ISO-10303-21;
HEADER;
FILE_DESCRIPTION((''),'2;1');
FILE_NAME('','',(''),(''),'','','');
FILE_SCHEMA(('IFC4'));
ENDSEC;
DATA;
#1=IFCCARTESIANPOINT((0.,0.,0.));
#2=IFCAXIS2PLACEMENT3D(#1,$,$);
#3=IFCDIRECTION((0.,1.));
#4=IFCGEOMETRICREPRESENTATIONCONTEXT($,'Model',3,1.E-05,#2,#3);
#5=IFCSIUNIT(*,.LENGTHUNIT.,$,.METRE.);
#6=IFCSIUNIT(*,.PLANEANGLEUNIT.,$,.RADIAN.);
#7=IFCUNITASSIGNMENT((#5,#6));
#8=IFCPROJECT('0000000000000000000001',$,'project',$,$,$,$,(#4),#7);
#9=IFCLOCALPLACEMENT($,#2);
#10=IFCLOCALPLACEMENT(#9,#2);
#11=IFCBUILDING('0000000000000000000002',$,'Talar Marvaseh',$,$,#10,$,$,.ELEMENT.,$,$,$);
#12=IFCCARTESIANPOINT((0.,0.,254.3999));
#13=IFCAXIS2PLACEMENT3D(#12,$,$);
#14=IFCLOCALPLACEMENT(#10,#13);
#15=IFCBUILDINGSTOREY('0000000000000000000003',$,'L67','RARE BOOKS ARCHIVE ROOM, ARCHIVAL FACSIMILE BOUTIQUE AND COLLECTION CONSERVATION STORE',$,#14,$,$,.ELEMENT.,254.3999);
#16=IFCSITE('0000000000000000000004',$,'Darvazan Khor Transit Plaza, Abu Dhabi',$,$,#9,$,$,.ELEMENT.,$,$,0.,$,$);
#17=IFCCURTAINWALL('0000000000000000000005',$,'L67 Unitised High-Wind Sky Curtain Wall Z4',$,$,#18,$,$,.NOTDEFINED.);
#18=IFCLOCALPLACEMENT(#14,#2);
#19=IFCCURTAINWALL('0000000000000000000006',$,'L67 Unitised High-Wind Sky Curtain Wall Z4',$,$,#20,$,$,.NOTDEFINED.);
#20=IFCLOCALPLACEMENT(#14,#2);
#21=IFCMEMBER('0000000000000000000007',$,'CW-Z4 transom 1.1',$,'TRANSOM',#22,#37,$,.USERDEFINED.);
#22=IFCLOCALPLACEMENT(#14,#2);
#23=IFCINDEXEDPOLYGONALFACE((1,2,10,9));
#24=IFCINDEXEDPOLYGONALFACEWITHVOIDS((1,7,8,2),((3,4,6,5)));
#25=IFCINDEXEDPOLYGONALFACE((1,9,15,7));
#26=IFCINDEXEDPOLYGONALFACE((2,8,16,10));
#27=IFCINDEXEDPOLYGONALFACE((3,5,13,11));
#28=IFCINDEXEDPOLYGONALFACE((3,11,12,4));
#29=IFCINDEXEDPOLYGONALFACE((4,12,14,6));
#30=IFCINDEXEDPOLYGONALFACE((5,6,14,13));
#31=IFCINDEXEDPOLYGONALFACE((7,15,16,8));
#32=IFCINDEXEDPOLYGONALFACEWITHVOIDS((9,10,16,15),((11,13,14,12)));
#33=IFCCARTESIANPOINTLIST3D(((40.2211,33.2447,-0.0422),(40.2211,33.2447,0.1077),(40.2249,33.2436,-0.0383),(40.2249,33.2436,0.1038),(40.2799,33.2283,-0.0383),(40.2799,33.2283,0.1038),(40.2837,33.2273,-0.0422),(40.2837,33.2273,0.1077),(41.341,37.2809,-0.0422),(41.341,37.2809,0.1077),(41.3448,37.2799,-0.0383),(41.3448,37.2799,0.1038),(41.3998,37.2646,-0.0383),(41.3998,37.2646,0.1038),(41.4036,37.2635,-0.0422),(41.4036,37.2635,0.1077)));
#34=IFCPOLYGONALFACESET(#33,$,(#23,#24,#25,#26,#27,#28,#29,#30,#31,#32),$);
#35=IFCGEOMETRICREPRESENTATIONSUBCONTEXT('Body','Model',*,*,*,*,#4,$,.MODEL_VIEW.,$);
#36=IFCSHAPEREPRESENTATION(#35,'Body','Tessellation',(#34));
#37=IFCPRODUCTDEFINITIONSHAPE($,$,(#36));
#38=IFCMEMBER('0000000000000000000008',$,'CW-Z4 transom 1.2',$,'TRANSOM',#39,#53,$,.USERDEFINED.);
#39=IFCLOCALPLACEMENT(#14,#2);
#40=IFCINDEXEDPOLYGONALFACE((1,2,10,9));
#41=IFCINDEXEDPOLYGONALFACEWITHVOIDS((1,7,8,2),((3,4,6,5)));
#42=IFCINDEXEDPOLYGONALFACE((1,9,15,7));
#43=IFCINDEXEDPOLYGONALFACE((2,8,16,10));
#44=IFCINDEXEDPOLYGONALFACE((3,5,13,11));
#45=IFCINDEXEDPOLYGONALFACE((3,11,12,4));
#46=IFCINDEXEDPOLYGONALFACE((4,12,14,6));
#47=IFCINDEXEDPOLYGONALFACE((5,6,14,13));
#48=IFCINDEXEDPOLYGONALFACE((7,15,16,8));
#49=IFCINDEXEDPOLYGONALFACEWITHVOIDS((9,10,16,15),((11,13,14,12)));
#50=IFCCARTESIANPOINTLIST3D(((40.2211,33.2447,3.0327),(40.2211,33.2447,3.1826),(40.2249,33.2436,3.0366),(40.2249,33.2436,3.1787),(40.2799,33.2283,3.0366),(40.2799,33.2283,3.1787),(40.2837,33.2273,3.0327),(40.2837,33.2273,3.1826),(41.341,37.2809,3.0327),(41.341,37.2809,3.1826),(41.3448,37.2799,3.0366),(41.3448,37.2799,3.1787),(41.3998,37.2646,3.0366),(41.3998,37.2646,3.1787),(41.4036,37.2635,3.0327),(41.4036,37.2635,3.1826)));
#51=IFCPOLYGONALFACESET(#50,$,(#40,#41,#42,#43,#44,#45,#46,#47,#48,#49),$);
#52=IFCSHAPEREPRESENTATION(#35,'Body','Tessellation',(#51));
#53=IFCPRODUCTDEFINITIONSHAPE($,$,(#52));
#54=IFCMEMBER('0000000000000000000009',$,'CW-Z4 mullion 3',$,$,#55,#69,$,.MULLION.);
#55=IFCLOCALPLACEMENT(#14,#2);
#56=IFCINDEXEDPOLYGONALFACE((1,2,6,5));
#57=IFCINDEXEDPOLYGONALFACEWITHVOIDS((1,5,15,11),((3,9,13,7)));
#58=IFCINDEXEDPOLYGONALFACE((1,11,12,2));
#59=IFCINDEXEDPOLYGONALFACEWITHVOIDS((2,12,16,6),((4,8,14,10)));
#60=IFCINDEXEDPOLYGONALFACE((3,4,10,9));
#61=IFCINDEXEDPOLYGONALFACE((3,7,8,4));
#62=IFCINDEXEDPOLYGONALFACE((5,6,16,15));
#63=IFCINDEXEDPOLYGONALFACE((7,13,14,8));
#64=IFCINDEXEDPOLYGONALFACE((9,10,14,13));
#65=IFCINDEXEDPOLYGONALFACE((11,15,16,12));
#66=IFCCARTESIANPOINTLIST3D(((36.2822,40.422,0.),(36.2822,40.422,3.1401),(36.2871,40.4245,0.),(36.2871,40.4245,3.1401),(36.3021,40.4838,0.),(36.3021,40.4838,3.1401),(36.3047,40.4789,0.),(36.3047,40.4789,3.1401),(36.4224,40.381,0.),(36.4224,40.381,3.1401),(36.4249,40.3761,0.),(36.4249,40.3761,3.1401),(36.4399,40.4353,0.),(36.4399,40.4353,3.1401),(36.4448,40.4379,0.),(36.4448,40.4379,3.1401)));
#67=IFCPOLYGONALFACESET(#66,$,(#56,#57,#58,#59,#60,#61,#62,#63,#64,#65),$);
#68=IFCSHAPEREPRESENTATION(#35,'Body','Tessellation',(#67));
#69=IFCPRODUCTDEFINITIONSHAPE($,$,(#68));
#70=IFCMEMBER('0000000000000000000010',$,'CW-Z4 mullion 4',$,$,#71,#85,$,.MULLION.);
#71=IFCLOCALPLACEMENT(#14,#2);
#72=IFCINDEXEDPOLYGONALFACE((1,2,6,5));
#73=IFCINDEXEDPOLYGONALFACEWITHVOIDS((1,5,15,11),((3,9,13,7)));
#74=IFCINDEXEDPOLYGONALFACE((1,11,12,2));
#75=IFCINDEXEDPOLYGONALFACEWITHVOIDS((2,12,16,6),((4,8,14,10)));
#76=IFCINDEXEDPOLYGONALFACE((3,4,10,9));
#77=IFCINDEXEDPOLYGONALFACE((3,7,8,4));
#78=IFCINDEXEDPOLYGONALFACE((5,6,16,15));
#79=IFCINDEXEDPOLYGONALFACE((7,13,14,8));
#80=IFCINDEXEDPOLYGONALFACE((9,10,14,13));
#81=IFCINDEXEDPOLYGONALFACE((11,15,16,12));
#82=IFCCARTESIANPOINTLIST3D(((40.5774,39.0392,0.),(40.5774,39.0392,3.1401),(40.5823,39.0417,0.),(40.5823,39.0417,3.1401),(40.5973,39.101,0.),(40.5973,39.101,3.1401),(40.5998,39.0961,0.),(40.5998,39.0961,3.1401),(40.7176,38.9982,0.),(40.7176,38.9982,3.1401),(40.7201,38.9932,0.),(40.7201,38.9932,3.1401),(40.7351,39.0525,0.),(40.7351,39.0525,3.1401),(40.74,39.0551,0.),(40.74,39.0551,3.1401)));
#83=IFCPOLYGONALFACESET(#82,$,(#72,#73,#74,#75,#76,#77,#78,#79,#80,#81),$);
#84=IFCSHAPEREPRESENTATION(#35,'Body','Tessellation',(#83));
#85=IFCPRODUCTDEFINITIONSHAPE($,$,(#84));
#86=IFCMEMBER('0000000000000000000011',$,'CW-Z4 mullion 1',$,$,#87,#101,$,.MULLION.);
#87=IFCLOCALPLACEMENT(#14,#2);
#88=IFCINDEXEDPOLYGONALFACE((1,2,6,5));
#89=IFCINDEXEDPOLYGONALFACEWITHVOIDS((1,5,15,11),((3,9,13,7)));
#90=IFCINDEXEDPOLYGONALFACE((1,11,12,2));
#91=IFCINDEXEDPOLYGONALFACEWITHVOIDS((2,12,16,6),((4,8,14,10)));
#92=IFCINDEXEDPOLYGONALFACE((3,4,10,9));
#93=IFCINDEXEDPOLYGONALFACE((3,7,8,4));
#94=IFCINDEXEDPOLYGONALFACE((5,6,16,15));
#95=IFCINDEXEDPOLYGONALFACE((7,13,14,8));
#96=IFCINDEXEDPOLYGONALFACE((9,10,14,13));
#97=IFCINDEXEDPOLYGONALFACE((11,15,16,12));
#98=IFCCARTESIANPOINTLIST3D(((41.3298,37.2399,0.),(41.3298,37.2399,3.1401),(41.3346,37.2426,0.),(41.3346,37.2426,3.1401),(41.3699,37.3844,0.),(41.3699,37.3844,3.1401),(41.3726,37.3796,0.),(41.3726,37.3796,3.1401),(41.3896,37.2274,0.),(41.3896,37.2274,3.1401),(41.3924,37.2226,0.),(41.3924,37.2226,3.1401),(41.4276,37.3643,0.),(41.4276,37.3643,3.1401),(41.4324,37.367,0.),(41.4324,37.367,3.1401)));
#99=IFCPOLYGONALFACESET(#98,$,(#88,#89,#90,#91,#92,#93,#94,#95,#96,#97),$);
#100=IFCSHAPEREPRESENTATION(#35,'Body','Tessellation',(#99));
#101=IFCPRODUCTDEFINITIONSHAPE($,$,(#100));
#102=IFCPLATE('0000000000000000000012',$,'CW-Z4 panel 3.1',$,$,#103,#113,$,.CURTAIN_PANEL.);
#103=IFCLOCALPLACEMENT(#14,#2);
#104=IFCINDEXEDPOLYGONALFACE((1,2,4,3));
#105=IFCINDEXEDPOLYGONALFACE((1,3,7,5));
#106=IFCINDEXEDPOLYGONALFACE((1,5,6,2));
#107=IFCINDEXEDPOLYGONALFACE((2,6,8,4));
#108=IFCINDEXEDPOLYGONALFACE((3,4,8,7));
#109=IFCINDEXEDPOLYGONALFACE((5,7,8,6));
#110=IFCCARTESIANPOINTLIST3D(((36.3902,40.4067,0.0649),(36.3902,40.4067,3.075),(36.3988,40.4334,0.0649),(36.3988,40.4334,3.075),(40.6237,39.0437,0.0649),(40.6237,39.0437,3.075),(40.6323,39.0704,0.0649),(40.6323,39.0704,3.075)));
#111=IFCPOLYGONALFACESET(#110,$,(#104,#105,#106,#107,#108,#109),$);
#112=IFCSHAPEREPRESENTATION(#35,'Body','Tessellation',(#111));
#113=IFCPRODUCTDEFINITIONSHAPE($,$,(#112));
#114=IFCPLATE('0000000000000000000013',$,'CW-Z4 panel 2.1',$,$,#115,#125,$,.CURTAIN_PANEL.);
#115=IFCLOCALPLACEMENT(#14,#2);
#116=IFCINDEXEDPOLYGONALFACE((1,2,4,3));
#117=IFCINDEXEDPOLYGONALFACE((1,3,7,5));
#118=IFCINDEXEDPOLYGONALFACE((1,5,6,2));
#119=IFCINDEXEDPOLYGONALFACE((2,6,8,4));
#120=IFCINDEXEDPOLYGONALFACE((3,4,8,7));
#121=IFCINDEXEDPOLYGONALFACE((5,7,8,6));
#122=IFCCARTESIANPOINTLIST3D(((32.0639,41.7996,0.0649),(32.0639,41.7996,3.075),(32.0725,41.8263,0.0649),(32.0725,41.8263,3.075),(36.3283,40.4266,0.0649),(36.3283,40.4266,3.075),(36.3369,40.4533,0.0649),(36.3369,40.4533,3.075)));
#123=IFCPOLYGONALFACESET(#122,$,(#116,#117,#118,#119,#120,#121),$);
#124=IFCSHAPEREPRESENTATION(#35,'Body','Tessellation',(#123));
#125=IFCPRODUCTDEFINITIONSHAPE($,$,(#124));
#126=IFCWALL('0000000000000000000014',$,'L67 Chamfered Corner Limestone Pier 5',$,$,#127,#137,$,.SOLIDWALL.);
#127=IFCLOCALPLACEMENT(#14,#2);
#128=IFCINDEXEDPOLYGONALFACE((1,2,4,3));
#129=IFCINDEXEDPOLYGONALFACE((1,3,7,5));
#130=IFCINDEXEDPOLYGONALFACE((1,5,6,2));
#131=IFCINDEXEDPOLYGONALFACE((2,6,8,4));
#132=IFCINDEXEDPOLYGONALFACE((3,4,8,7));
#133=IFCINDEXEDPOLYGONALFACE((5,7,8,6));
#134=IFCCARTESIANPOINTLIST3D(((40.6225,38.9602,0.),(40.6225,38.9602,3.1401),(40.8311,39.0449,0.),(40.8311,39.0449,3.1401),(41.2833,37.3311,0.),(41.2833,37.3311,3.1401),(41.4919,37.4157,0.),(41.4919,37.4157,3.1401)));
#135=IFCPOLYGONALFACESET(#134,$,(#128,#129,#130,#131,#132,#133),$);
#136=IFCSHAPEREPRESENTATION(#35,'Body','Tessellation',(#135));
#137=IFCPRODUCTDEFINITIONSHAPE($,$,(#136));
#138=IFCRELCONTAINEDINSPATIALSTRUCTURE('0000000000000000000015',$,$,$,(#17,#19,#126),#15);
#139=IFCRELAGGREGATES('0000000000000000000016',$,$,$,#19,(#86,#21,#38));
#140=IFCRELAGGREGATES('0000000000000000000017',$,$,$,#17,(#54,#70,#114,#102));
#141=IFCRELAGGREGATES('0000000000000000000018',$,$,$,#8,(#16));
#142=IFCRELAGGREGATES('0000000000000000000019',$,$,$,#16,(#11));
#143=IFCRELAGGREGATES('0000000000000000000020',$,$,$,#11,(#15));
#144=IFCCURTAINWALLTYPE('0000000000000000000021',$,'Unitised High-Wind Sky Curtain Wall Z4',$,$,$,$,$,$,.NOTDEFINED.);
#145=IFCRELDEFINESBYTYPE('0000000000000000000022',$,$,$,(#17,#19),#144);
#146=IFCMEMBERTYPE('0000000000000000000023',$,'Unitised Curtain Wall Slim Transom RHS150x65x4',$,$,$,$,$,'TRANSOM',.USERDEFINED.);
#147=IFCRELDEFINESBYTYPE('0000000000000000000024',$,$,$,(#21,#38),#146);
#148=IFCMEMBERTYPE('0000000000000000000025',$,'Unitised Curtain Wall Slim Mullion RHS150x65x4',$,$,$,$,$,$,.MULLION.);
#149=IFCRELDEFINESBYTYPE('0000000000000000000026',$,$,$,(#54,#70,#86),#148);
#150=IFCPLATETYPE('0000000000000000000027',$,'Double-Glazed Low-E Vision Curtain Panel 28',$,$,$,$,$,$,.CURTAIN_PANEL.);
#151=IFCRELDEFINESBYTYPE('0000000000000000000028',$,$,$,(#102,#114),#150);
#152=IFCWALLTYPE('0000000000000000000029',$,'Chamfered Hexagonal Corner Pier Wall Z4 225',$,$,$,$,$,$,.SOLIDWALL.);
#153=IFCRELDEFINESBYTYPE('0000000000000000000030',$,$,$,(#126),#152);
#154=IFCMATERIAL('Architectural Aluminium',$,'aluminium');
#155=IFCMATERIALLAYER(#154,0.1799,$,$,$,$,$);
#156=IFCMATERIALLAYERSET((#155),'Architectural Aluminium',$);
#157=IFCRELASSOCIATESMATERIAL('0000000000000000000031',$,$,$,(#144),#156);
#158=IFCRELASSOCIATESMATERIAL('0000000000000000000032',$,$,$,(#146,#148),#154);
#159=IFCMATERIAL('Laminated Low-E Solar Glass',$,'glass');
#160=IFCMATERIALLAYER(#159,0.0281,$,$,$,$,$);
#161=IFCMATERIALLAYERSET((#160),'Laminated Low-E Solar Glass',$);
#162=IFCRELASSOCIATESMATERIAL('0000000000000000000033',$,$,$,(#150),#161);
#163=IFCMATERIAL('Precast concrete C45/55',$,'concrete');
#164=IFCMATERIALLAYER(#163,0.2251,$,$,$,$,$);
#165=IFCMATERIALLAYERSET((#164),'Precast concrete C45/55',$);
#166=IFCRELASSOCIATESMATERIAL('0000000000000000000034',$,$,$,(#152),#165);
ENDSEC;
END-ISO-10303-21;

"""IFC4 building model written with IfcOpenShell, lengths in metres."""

from ifc_helpers import new_model, si_unit, direction, frame, frame_2d, origin, origin_2d, place, context, subcontext, project, spatial, rectangle, hollow_rectangle, extrude, source, transform, mapped, material, layer, layer_set, material_profile, profile_set, type_object, type_shapes, element, aggregate, save


model = new_model("IFC4")

# Units and contexts
model_context = context("Model", 3, precision=1e-05, world=origin(), true_north=direction((0.0, 1.0)))
body_context = subcontext(model_context, "Body", "Model", "MODEL_VIEW")
ifc_project = project(units=[si_unit("LENGTHUNIT", "METRE"), si_unit("PLANEANGLEUNIT", "RADIAN")], contexts=[model_context])

# Site, building, storey
site_placement = place(None, origin())
site = spatial("IfcSite", under=ifc_project, at=site_placement, Name="Darvazan Khor Transit Plaza, Abu Dhabi", CompositionType="ELEMENT", RefElevation=0.0)
building_placement = place(site_placement, origin())
building = spatial("IfcBuilding", under=site, at=building_placement, Name="Talar Marvaseh", CompositionType="ELEMENT")
storey_placement = place(building_placement, frame((0.0, 0.0, 254.3999)))
storey = spatial("IfcBuildingStorey", under=building, at=storey_placement, Name="L67", Description="RARE BOOKS ARCHIVE ROOM, ARCHIVAL FACSIMILE BOUTIQUE AND COLLECTION CONSERVATION STORE", CompositionType="ELEMENT", Elevation=254.3999)

# Curtain walls, members
ifc_material_1 = material(Name="Architectural Aluminium", Category="aluminium")
ifc_layer_1 = layer(ifc_material_1, 0.1799)
ifc_layer_set_1 = layer_set([ifc_layer_1], Name="Architectural Aluminium")
curtain_wall_type = type_object("IfcCurtainWallType", Name="Unitised High-Wind Sky Curtain Wall Z4", PredefinedType="NOTDEFINED", material=ifc_layer_set_1)
curtain_wall_1_placement = place(storey_placement, origin())
curtain_wall_1 = element("IfcCurtainWall", 1, at=curtain_wall_1_placement, inside=storey, type_object=curtain_wall_type, Name="L67 Unitised High-Wind Sky Curtain Wall Z4", PredefinedType="NOTDEFINED")
ifc_material_profile_1 = material_profile(ifc_material_1, hollow_rectangle(XDim=0.0649, YDim=0.1499, WallThickness=0.0039, at=origin_2d()), Name="RHS150x65x4")
ifc_profile_set_1 = profile_set([ifc_material_profile_1], Name="Architectural Aluminium")
member_type_1 = type_object("IfcMemberType", Name="Unitised Curtain Wall Slim Transom RHS150x65x4", ElementType="TRANSOM", PredefinedType="USERDEFINED", material=ifc_profile_set_1)
curtain_wall_2_placement = place(storey_placement, origin())
curtain_wall_2 = element("IfcCurtainWall", 2, at=curtain_wall_2_placement, inside=storey, type_object=curtain_wall_type, Name="L67 Unitised High-Wind Sky Curtain Wall Z4", PredefinedType="NOTDEFINED")
shared_shape_1 = source(origin(), body_context, "Body", "SweptSolid", [
    extrude(hollow_rectangle(XDim=0.0649, YDim=0.1499, WallThickness=0.0039, at=origin_2d()), origin(), (0.0, 0.0, 1.0), 4.1887),
])
member_1_placement = place(storey_placement, frame((41.3723, 37.2722, 0.0327), z_axis=(-0.267361, -0.963596, 0.0), x_axis=(0.963596, -0.267361, 0.0)))
member_1 = element("IfcMember", 3, at=member_1_placement, type_object=member_type_1, Name="CW-Z4 transom 1.1", ObjectType="TRANSOM", PredefinedType="USERDEFINED", context=body_context, shape_type="MappedRepresentation", body=[
    mapped(shared_shape_1, transform((0.0, 0.0, 0.0), x_axis=(1.0, 0.0, 0.0), y_axis=(0.0, 1.0, 0.0), z_axis=(0.0, 0.0, 1.0), scale=1.0)),
])
member_2_placement = place(storey_placement, frame((41.3723, 37.2722, 3.1077), z_axis=(-0.267361, -0.963596, 0.0), x_axis=(0.963596, -0.267361, 0.0)))
member_2 = element("IfcMember", 4, at=member_2_placement, type_object=member_type_1, Name="CW-Z4 transom 1.2", ObjectType="TRANSOM", PredefinedType="USERDEFINED", context=body_context, shape_type="MappedRepresentation", body=[
    mapped(shared_shape_1, transform((0.0, 0.0, 0.0), x_axis=(1.0, 0.0, 0.0), y_axis=(0.0, 1.0, 0.0), z_axis=(0.0, 0.0, 1.0), scale=1.0)),
])

# Members
ifc_material_profile_2 = material_profile(ifc_material_1, hollow_rectangle(XDim=0.0649, YDim=0.1499, WallThickness=0.0039, at=origin_2d()), Name="RHS150x65x4")
ifc_profile_set_2 = profile_set([ifc_material_profile_2], Name="Architectural Aluminium")
member_type_2 = type_object("IfcMemberType", Name="Unitised Curtain Wall Slim Mullion RHS150x65x4", PredefinedType="MULLION", material=ifc_profile_set_2)
shared_shape_2 = source(origin(), body_context, "Body", "SweptSolid", [
    extrude(hollow_rectangle(XDim=0.0649, YDim=0.1499, WallThickness=0.0039, at=origin_2d()), origin(), (0.0, 0.0, 1.0), 3.1401),
])
type_shapes(member_type_2, [shared_shape_2])
member_3_placement = place(storey_placement, frame((36.3635, 40.4299, 0.0), z_axis=(0.0, 0.0, 1.0), x_axis=(0.306468, 0.951881, 0.0)))
member_3 = element("IfcMember", 5, at=member_3_placement, type_object=member_type_2, Name="CW-Z4 mullion 3", PredefinedType="MULLION", context=body_context, shape_type="MappedRepresentation", body=[
    mapped(shared_shape_2, transform((0.0, 0.0, 0.0), x_axis=(1.0, 0.0, 0.0), y_axis=(0.0, 1.0, 0.0), z_axis=(0.0, 0.0, 1.0), scale=1.0)),
])
member_4_placement = place(storey_placement, frame((40.6587, 39.0471, 0.0), z_axis=(0.0, 0.0, 1.0), x_axis=(0.306468, 0.951881, 0.0)))
member_4 = element("IfcMember", 6, at=member_4_placement, type_object=member_type_2, Name="CW-Z4 mullion 4", PredefinedType="MULLION", context=body_context, shape_type="MappedRepresentation", body=[
    mapped(shared_shape_2, transform((0.0, 0.0, 0.0), x_axis=(1.0, 0.0, 0.0), y_axis=(0.0, 1.0, 0.0), z_axis=(0.0, 0.0, 1.0), scale=1.0)),
])
member_5_placement = place(storey_placement, frame((41.3811, 37.3035, 0.0), z_axis=(0.0, 0.0, 1.0), x_axis=(0.963588, -0.26739, 0.0)))
member_5 = element("IfcMember", 7, at=member_5_placement, type_object=member_type_2, Name="CW-Z4 mullion 1", PredefinedType="MULLION", context=body_context, shape_type="MappedRepresentation", body=[
    mapped(shared_shape_2, transform((0.0, 0.0, 0.0), x_axis=(1.0, 0.0, 0.0), y_axis=(0.0, 1.0, 0.0), z_axis=(0.0, 0.0, 1.0), scale=1.0)),
])
aggregate(curtain_wall_2, [member_5, member_1, member_2])

# Plates
ifc_material_2 = material(Name="Laminated Low-E Solar Glass", Category="glass")
ifc_layer_2 = layer(ifc_material_2, 0.0281)
ifc_layer_set_2 = layer_set([ifc_layer_2], Name="Laminated Low-E Solar Glass")
plate_type = type_object("IfcPlateType", Name="Double-Glazed Low-E Vision Curtain Panel 28", PredefinedType="CURTAIN_PANEL", material=ifc_layer_set_2)
shared_shape_3 = source(origin(), body_context, "Body", "SweptSolid", [
    extrude(rectangle(XDim=4.4475, YDim=0.0281, at=origin_2d()), origin(), (0.0, 0.0, 1.0), 3.01),
])
plate_1_placement = place(storey_placement, frame((38.5112, 39.7385, 0.0649), z_axis=(0.0, 0.0, 1.0), x_axis=(0.951881, -0.306468, 0.0)))
plate_1 = element("IfcPlate", 8, at=plate_1_placement, type_object=plate_type, Name="CW-Z4 panel 3.1", PredefinedType="CURTAIN_PANEL", context=body_context, shape_type="MappedRepresentation", body=[
    mapped(shared_shape_3, transform((0.0, 0.0, 0.0), x_axis=(1.0, 0.0, 0.0), y_axis=(0.0, 1.0, 0.0), z_axis=(0.0, 0.0, 1.0), scale=1.0)),
])
shared_shape_4 = source(origin(), body_context, "Body", "SweptSolid", [
    extrude(rectangle(XDim=4.48, YDim=0.0281, at=origin_2d()), origin(), (0.0, 0.0, 1.0), 3.01),
])
type_shapes(plate_type, [shared_shape_3, shared_shape_4])
plate_2_placement = place(storey_placement, frame((34.2004, 41.1265, 0.0649), z_axis=(0.0, 0.0, 1.0), x_axis=(0.951881, -0.306468, 0.0)))
plate_2 = element("IfcPlate", 9, at=plate_2_placement, type_object=plate_type, Name="CW-Z4 panel 2.1", PredefinedType="CURTAIN_PANEL", context=body_context, shape_type="MappedRepresentation", body=[
    mapped(shared_shape_4, transform((0.0, 0.0, 0.0), x_axis=(1.0, 0.0, 0.0), y_axis=(0.0, 1.0, 0.0), z_axis=(0.0, 0.0, 1.0), scale=1.0)),
])
aggregate(curtain_wall_1, [member_3, member_4, plate_2, plate_1])

# Wall
ifc_material_3 = material(Name="Precast concrete C45/55", Category="concrete")
ifc_layer_3 = layer(ifc_material_3, 0.2251)
ifc_layer_set_3 = layer_set([ifc_layer_3], Name="Precast concrete C45/55")
wall_type_1 = type_object("IfcWallType", Name="Chamfered Hexagonal Corner Pier Wall Z4 225", PredefinedType="SOLIDWALL", material=ifc_layer_set_3)
wall_1_placement = place(storey_placement, frame((40.7268, 39.0024, 0.0), z_axis=(0.0, 0.0, 1.0), x_axis=(0.375911, -0.926656, 0.0)))
element("IfcWall", 10, at=wall_1_placement, inside=storey, type_object=wall_type_1, Name="L67 Chamfered Corner Limestone Pier 5", PredefinedType="SOLIDWALL", context=body_context, shape_type="SweptSolid", body=[
    extrude(rectangle(XDim=1.7581, YDim=0.2251, at=frame_2d((0.8789, 0.0))), origin(), (0.0, 0.0, 1.0), 3.1401),
])

save(model, "model.ifc")
